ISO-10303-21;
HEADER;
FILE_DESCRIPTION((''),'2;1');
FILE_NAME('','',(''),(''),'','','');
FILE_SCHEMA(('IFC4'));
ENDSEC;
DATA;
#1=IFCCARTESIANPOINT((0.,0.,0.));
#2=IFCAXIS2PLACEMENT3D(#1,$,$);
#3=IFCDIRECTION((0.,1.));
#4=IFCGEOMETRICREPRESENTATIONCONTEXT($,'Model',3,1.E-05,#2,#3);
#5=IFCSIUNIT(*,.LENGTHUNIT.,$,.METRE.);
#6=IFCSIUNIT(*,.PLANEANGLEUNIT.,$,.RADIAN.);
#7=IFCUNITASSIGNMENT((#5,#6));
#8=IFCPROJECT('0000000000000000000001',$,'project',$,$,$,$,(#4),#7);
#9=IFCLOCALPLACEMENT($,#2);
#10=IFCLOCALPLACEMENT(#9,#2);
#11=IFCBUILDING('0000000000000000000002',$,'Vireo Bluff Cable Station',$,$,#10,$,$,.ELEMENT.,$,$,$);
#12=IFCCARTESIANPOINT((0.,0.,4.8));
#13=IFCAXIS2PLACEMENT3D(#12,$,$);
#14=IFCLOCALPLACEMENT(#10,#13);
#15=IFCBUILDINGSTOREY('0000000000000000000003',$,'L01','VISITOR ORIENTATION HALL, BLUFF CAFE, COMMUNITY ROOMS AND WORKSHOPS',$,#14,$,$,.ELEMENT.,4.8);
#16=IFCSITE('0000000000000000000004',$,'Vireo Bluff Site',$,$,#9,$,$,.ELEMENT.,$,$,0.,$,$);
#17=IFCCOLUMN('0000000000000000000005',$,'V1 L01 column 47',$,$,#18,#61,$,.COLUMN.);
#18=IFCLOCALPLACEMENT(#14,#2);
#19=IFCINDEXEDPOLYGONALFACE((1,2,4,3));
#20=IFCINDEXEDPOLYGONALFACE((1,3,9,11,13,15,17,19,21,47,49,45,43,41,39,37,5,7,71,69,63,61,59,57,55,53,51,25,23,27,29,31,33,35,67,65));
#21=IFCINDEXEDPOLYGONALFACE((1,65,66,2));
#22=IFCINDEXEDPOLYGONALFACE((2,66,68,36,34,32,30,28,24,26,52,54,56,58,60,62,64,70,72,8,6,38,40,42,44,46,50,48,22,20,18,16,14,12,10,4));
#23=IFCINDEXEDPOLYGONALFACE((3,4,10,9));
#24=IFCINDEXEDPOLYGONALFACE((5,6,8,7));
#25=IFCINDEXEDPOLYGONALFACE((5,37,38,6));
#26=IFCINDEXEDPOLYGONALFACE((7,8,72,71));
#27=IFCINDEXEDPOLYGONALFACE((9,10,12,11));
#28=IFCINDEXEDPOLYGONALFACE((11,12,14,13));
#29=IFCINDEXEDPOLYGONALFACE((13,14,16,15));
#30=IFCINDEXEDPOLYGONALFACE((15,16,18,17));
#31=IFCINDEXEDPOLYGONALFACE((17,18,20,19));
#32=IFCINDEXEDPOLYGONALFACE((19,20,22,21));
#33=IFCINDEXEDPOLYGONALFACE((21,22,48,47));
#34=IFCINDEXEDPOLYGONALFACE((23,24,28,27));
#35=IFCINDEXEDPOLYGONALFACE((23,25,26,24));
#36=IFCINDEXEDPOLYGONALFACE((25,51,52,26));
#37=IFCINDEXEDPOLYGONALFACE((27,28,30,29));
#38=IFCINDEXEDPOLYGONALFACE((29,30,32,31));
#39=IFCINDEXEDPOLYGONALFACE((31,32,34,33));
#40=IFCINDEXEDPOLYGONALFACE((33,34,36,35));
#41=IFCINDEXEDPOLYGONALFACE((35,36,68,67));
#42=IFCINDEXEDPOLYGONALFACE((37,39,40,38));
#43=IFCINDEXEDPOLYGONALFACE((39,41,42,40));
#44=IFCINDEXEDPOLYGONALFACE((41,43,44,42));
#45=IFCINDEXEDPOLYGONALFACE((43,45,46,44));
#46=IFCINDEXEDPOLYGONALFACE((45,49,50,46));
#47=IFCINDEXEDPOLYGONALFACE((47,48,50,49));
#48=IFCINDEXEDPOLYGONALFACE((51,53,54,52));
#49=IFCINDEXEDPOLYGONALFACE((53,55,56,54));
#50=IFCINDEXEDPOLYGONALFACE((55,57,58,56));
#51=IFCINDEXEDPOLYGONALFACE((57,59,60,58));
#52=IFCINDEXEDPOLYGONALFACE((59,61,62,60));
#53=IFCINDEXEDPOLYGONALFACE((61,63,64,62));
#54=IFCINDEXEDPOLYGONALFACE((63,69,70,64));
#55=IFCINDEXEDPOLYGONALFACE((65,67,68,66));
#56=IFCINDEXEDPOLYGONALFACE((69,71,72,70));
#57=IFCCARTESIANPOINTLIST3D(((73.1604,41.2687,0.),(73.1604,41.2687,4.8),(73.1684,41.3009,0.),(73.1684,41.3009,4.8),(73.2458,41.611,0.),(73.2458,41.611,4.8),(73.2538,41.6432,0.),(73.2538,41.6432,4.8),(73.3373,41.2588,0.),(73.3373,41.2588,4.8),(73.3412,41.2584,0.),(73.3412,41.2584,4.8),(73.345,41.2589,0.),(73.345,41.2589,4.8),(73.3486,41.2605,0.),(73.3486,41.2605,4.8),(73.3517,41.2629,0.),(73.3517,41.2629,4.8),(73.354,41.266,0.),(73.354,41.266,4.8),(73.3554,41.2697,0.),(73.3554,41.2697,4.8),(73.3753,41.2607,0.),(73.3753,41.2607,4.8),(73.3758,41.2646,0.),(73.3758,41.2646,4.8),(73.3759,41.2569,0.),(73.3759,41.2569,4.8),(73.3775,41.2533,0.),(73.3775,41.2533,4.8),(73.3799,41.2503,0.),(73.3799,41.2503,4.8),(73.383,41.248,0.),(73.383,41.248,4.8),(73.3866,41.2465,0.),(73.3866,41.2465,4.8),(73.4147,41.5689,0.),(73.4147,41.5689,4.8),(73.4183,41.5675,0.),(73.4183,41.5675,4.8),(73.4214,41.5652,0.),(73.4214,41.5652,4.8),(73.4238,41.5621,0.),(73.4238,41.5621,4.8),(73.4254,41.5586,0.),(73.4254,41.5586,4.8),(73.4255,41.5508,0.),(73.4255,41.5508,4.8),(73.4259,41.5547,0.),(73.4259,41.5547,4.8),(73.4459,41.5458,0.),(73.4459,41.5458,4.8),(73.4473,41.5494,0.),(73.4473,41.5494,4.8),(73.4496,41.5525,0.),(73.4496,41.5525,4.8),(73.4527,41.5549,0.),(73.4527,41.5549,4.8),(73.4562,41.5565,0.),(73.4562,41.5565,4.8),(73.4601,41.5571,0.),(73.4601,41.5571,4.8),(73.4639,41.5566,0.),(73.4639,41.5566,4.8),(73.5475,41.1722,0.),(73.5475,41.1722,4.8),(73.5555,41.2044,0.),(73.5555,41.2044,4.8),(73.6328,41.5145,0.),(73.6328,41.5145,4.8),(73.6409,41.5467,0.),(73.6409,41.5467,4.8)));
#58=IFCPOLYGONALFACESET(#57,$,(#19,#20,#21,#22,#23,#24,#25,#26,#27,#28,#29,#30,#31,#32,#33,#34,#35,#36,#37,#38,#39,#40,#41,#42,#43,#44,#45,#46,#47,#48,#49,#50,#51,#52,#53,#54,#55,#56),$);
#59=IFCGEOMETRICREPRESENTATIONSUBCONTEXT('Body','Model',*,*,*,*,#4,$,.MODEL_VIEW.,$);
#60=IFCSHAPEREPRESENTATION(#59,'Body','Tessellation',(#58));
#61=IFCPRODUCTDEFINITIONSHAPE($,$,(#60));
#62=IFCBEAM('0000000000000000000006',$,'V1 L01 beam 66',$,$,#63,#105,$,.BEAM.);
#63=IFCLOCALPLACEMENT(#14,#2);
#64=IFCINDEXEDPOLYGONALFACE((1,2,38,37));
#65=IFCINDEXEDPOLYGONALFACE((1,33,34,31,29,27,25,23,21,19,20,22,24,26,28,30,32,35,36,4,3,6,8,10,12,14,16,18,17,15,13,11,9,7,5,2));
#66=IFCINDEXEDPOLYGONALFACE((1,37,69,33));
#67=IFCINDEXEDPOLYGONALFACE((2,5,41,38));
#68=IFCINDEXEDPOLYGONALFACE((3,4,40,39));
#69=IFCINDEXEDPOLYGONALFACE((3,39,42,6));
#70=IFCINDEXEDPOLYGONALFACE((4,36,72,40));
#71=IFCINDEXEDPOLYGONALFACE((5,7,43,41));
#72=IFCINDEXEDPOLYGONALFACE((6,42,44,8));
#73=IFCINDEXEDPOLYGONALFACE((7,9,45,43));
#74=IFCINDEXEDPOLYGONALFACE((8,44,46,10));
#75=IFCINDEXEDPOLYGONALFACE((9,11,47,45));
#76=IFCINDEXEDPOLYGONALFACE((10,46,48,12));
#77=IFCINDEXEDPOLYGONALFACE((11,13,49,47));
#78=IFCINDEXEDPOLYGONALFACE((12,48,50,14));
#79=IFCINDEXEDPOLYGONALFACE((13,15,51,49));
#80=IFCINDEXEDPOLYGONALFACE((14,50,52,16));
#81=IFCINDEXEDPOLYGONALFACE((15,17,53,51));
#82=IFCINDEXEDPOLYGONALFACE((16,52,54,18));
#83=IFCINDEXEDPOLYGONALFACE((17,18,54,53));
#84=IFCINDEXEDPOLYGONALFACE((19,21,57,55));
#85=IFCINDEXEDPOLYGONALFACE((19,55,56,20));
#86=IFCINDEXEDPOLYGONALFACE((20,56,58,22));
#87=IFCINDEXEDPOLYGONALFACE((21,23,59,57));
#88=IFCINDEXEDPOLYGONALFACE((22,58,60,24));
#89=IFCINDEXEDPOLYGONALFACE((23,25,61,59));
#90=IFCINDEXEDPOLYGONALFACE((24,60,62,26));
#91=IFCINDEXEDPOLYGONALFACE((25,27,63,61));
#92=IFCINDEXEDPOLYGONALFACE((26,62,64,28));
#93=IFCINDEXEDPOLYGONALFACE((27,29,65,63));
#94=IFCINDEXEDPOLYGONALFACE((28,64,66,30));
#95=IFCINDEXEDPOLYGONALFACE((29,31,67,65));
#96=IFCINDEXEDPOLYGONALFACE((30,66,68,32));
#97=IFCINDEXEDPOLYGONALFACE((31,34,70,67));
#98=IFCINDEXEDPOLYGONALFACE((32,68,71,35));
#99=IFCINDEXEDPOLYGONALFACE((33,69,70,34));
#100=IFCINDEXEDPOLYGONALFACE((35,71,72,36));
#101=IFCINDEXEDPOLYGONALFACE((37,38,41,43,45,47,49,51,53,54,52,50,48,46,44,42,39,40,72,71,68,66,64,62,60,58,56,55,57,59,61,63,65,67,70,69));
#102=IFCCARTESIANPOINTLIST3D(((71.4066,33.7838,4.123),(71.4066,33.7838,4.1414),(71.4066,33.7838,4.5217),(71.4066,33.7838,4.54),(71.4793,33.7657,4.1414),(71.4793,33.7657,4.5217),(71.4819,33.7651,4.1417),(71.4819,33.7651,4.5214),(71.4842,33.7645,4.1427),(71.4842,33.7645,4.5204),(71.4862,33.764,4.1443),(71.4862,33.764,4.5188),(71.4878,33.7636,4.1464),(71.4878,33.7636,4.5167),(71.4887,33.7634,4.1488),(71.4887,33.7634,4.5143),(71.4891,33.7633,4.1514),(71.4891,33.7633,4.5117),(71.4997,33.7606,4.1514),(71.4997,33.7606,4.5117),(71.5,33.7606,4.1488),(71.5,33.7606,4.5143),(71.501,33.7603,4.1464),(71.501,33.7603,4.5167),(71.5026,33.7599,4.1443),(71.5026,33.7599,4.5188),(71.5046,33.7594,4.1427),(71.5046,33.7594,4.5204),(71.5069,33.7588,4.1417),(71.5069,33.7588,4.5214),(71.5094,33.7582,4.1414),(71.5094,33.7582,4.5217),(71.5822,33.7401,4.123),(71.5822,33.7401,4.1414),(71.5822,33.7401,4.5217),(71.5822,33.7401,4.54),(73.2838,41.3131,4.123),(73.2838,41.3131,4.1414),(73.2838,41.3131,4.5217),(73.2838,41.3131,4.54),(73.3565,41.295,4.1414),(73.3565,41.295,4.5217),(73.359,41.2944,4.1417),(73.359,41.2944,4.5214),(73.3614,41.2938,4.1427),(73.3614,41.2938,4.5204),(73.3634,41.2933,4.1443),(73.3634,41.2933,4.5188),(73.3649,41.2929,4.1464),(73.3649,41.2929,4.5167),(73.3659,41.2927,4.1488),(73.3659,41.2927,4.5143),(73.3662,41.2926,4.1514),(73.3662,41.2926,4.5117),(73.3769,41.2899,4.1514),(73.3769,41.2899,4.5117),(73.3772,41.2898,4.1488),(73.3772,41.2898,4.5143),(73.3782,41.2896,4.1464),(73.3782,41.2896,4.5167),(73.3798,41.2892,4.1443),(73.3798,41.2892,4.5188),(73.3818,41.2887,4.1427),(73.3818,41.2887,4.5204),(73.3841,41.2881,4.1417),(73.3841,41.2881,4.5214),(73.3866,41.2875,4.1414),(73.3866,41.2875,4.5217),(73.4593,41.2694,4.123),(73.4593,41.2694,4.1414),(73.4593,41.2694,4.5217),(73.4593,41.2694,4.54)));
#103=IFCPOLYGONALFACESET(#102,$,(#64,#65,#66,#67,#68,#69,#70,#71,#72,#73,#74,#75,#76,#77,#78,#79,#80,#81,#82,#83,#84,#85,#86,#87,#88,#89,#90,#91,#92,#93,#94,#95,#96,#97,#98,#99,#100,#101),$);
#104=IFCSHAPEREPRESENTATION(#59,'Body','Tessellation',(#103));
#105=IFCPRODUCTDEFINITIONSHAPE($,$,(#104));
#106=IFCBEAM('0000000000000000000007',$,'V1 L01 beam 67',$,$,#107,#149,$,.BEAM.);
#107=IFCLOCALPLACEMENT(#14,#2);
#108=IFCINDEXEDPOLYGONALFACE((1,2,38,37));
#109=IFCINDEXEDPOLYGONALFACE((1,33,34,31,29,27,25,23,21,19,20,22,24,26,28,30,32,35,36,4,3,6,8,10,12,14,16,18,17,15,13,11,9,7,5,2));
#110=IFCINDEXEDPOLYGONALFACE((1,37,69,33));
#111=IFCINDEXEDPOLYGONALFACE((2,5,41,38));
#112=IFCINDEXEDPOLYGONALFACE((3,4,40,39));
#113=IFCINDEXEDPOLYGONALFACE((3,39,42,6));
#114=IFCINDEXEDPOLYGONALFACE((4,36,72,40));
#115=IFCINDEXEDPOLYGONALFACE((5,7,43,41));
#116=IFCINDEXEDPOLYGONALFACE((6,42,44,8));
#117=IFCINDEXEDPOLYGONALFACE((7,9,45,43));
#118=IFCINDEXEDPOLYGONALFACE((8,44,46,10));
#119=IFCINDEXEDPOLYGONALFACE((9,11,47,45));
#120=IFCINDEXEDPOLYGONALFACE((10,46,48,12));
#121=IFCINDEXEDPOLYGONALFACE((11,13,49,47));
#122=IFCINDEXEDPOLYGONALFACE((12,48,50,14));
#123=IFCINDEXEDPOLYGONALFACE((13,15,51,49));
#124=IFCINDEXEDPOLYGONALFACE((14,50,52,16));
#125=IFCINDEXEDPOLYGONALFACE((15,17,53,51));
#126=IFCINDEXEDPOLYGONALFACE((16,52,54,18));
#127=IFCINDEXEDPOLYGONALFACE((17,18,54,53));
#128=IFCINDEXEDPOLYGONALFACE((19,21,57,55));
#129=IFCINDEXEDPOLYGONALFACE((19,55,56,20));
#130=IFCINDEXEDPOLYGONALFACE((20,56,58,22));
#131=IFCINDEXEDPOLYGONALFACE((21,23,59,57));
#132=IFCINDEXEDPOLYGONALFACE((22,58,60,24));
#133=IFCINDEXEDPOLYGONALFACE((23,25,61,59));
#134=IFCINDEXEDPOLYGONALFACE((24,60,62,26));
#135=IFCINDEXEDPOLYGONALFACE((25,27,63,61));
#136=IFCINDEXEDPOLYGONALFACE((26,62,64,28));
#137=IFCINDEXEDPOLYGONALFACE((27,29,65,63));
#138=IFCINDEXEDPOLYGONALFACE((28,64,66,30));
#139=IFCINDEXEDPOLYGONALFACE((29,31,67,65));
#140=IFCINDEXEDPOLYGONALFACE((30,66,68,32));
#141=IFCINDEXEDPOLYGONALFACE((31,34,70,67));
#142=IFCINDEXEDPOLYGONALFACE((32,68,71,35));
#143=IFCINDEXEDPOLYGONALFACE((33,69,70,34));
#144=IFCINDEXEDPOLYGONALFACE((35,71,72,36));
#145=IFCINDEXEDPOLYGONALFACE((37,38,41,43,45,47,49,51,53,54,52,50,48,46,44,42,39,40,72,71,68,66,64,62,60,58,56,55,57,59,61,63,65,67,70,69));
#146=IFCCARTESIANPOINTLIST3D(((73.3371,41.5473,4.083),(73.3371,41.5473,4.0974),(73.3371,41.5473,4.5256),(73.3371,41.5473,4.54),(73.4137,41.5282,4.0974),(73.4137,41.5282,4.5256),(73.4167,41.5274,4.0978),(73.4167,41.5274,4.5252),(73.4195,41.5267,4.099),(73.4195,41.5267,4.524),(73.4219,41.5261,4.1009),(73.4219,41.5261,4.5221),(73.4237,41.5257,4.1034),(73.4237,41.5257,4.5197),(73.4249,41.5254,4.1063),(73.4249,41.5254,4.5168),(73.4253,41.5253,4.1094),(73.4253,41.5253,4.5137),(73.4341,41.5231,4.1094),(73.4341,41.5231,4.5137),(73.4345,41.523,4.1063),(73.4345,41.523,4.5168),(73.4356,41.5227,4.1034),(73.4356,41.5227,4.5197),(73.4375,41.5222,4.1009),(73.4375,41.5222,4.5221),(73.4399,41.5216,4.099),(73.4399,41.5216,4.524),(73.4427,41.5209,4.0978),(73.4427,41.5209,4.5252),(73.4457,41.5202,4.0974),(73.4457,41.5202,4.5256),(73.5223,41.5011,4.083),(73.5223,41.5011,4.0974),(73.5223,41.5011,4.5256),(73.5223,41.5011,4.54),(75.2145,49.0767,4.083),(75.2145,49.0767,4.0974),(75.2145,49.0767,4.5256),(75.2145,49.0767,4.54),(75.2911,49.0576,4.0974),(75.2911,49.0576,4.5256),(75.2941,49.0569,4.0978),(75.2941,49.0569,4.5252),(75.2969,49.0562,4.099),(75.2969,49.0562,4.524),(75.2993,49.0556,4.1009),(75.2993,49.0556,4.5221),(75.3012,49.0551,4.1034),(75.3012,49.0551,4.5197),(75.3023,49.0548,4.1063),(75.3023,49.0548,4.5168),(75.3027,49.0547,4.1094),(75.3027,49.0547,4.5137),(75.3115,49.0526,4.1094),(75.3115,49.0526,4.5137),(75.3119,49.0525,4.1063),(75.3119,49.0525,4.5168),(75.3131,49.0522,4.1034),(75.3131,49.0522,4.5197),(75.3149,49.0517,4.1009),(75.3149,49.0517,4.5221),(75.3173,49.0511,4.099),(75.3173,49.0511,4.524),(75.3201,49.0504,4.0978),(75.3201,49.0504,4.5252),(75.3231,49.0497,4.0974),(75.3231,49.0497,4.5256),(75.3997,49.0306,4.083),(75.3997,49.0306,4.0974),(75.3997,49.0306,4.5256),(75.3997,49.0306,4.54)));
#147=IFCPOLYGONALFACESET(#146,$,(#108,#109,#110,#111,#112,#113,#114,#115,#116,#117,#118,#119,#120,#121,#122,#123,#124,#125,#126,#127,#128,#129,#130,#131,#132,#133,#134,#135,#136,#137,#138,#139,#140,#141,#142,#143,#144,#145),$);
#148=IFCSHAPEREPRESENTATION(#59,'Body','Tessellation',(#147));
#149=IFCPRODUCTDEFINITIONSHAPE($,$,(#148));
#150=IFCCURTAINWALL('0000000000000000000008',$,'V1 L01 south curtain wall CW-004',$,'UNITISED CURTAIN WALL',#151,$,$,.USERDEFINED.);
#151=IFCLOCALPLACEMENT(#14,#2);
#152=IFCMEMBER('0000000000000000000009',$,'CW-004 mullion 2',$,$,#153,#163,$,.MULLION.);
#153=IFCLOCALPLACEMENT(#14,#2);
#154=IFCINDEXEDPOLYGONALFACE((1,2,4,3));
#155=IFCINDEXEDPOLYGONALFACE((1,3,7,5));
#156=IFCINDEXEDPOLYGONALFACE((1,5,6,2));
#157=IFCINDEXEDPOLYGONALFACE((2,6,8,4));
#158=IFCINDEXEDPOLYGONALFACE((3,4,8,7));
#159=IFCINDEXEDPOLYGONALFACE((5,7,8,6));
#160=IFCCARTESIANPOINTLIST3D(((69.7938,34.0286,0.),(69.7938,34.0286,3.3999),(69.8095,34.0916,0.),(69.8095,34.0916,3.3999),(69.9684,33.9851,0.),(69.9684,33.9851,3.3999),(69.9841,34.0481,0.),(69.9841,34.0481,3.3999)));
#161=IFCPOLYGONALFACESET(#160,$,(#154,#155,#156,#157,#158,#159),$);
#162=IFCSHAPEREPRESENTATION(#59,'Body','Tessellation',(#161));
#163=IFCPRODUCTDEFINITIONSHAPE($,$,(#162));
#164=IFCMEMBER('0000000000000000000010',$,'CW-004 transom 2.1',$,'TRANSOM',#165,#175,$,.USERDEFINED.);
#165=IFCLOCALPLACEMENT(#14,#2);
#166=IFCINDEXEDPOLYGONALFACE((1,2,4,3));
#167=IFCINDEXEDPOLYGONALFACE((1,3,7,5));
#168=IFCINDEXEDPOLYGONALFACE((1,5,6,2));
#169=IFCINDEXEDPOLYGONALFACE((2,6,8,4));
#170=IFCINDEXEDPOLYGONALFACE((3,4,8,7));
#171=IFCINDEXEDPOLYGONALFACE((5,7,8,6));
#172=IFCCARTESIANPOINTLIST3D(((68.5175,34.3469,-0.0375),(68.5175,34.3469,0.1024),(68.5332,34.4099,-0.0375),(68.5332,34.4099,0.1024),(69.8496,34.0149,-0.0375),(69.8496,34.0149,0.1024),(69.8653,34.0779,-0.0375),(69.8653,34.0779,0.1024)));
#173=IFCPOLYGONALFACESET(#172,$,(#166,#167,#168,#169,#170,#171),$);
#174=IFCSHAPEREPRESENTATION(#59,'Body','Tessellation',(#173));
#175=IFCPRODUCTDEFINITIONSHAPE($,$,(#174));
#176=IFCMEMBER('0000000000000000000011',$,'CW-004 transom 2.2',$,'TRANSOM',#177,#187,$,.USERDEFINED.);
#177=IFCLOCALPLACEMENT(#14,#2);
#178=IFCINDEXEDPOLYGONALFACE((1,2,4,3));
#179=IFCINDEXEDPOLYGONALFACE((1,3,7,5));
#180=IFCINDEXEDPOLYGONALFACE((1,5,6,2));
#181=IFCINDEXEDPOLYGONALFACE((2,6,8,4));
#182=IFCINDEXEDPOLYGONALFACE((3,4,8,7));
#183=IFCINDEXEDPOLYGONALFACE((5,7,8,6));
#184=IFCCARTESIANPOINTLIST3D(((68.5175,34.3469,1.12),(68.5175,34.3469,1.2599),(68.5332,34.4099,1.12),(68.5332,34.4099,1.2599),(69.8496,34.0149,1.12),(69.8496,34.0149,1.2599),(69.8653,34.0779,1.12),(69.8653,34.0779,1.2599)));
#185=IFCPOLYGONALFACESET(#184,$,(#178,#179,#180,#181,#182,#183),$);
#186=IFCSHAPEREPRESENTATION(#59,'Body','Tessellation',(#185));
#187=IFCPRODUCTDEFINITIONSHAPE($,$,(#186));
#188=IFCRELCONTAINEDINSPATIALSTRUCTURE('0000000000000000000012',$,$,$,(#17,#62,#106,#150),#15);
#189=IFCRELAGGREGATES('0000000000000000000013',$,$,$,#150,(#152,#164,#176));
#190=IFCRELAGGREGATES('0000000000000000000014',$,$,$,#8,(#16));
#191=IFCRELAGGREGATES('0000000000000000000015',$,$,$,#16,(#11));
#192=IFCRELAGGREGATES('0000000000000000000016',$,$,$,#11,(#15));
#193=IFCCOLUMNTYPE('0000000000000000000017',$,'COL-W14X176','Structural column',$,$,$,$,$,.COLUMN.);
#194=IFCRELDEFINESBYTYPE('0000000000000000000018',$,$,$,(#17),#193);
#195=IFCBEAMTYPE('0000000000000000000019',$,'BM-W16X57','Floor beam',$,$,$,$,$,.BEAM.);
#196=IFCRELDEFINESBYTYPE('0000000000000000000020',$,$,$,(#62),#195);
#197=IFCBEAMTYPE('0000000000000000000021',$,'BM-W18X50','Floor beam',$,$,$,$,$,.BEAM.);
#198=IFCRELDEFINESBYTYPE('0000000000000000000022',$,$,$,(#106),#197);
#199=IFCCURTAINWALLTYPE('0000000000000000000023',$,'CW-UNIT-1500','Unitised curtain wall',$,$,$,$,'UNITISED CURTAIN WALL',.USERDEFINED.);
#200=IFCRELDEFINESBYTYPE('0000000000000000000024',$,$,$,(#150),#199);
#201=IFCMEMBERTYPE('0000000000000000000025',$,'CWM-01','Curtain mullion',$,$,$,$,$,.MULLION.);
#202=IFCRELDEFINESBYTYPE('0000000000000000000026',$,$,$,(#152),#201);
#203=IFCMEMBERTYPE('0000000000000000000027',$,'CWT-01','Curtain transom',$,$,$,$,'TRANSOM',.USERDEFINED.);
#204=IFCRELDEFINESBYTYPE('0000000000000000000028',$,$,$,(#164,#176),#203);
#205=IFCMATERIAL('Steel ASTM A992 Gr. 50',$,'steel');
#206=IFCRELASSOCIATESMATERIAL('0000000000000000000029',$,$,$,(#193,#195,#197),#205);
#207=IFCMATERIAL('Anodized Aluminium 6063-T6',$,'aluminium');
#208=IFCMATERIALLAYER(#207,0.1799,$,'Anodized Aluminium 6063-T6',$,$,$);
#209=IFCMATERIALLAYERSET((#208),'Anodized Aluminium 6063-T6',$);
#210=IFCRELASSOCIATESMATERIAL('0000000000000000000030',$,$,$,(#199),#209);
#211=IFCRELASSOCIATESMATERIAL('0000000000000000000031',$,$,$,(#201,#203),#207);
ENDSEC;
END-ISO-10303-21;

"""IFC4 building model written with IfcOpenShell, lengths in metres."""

from ifc_helpers import new_model, si_unit, direction, frame, origin, origin_2d, place, context, subcontext, project, spatial, rectangle, i_section, extrude, material, layer, layer_set, material_profile, profile_set, type_object, element, aggregate, save


model = new_model("IFC4")

# Units and contexts
model_context = context("Model", 3, precision=1e-05, world=origin(), true_north=direction((0.0, 1.0)))
body_context = subcontext(model_context, "Body", "Model", "MODEL_VIEW")
ifc_project = project(units=[si_unit("LENGTHUNIT", "METRE"), si_unit("PLANEANGLEUNIT", "RADIAN")], contexts=[model_context])

# Site, building, storey
site_placement = place(None, origin())
site = spatial("IfcSite", under=ifc_project, at=site_placement, Name="Vireo Bluff Site", CompositionType="ELEMENT", RefElevation=0.0)
building_placement = place(site_placement, origin())
building = spatial("IfcBuilding", under=site, at=building_placement, Name="Vireo Bluff Cable Station", CompositionType="ELEMENT")
storey_placement = place(building_placement, frame((0.0, 0.0, 4.8)))
storey = spatial("IfcBuildingStorey", under=building, at=storey_placement, Name="L01", Description="VISITOR ORIENTATION HALL, BLUFF CAFE, COMMUNITY ROOMS AND WORKSHOPS", CompositionType="ELEMENT", Elevation=4.8)

# Column
ifc_material_1 = material(Name="Steel ASTM A992 Gr. 50", Category="steel")
ifc_material_profile_1 = material_profile(ifc_material_1, i_section(OverallWidth=0.3989, OverallDepth=0.386, WebThickness=0.021, FlangeThickness=0.0332, FilletRadius=0.0149, at=origin_2d()), Name="W14X176")
ifc_profile_set_1 = profile_set([ifc_material_profile_1], Name="Steel ASTM A992 Gr. 50")
column_type = type_object("IfcColumnType", Name="COL-W14X176", Description="Structural column", PredefinedType="COLUMN", material=ifc_profile_set_1)
column_placement = place(storey_placement, frame((73.4006, 41.4077, 0.0), z_axis=(0.0, 0.0, 1.0), x_axis=(0.970296, -0.241922, 0.0)))
element("IfcColumn", 1, at=column_placement, inside=storey, type_object=column_type, Name="V1 L01 column 47", PredefinedType="COLUMN", context=body_context, shape_type="SweptSolid", body=[
    extrude(i_section(OverallWidth=0.3989, OverallDepth=0.386, WebThickness=0.021, FlangeThickness=0.0332, FilletRadius=0.0149, at=origin_2d()), origin(), (0.0, 0.0, 1.0), 4.8),
])

# Beams
ifc_material_profile_2 = material_profile(ifc_material_1, i_section(OverallWidth=0.1809, OverallDepth=0.417, WebThickness=0.011, FlangeThickness=0.0183, FilletRadius=0.01, at=origin_2d()), Name="W16X57")
ifc_profile_set_2 = profile_set([ifc_material_profile_2], Name="Steel ASTM A992 Gr. 50")
beam_type_1 = type_object("IfcBeamType", Name="BM-W16X57", Description="Floor beam", PredefinedType="BEAM", material=ifc_profile_set_2)
beam_1_placement = place(storey_placement, frame((71.4944, 33.762, 4.3315), z_axis=(0.241914, 0.970298, 0.0), x_axis=(-0.970298, 0.241914, 0.0)))
element("IfcBeam", 2, at=beam_1_placement, inside=storey, type_object=beam_type_1, Name="V1 L01 beam 66", PredefinedType="BEAM", context=body_context, shape_type="SweptSolid", body=[
    extrude(i_section(OverallWidth=0.1809, OverallDepth=0.417, WebThickness=0.011, FlangeThickness=0.0183, FilletRadius=0.01, at=origin_2d()), origin(), (0.0, 0.0, 1.0), 7.7598),
])
ifc_material_profile_3 = material_profile(ifc_material_1, i_section(OverallWidth=0.1909, OverallDepth=0.457, WebThickness=0.009, FlangeThickness=0.0144, FilletRadius=0.012, at=origin_2d()), Name="W18X50")
ifc_profile_set_3 = profile_set([ifc_material_profile_3], Name="Steel ASTM A992 Gr. 50")
beam_type_2 = type_object("IfcBeamType", Name="BM-W18X50", Description="Floor beam", PredefinedType="BEAM", material=ifc_profile_set_3)
beam_2_placement = place(storey_placement, frame((73.4297, 41.5242, 4.3115), z_axis=(0.241936, 0.970292, 0.0), x_axis=(-0.970292, 0.241936, 0.0)))
element("IfcBeam", 3, at=beam_2_placement, inside=storey, type_object=beam_type_2, Name="V1 L01 beam 67", PredefinedType="BEAM", context=body_context, shape_type="SweptSolid", body=[
    extrude(i_section(OverallWidth=0.1909, OverallDepth=0.457, WebThickness=0.009, FlangeThickness=0.0144, FilletRadius=0.012, at=origin_2d()), origin(), (0.0, 0.0, 1.0), 7.76),
])

# Curtain wall, members
ifc_material_2 = material(Name="Anodized Aluminium 6063-T6", Category="aluminium")
ifc_layer_1 = layer(ifc_material_2, 0.1799, Name="Anodized Aluminium 6063-T6")
ifc_layer_set_1 = layer_set([ifc_layer_1], Name="Anodized Aluminium 6063-T6")
curtain_wall_type = type_object("IfcCurtainWallType", Name="CW-UNIT-1500", Description="Unitised curtain wall", ElementType="UNITISED CURTAIN WALL", PredefinedType="USERDEFINED", material=ifc_layer_set_1)
curtain_wall_placement = place(storey_placement, origin())
curtain_wall = element("IfcCurtainWall", 4, at=curtain_wall_placement, inside=storey, type_object=curtain_wall_type, Name="V1 L01 south curtain wall CW-004", ObjectType="UNITISED CURTAIN WALL", PredefinedType="USERDEFINED")
ifc_material_profile_4 = material_profile(ifc_material_2, rectangle(XDim=0.0649, YDim=0.1799, at=origin_2d()), Name="ALU-M-65X180")
ifc_profile_set_4 = profile_set([ifc_material_profile_4], Name="Anodized Aluminium 6063-T6")
member_type_1 = type_object("IfcMemberType", Name="CWM-01", Description="Curtain mullion", PredefinedType="MULLION", material=ifc_profile_set_4)
member_1_placement = place(storey_placement, frame((69.8889, 34.0383, 0.0), z_axis=(0.0, 0.0, 1.0), x_axis=(-0.241922, -0.970296, 0.0)))
member_1 = element("IfcMember", 5, at=member_1_placement, type_object=member_type_1, Name="CW-004 mullion 2", PredefinedType="MULLION", context=body_context, shape_type="SweptSolid", body=[
    extrude(rectangle(XDim=0.0649, YDim=0.1799, at=origin_2d()), origin(), (0.0, 0.0, 1.0), 3.3999),
])
ifc_material_profile_5 = material_profile(ifc_material_2, rectangle(XDim=0.0649, YDim=0.1399, at=origin_2d()), Name="ALU-T-65X140")
ifc_profile_set_5 = profile_set([ifc_material_profile_5], Name="Anodized Aluminium 6063-T6")
member_type_2 = type_object("IfcMemberType", Name="CWT-01", Description="Curtain transom", ElementType="TRANSOM", PredefinedType="USERDEFINED", material=ifc_profile_set_5)
member_2_placement = place(storey_placement, frame((69.8574, 34.0464, 0.0325), z_axis=(-0.97031, 0.241866, 0.0), x_axis=(-0.241866, -0.97031, 0.0)))
member_2 = element("IfcMember", 6, at=member_2_placement, type_object=member_type_2, Name="CW-004 transom 2.1", ObjectType="TRANSOM", PredefinedType="USERDEFINED", context=body_context, shape_type="SweptSolid", body=[
    extrude(rectangle(XDim=0.0649, YDim=0.1399, at=origin_2d()), origin(), (0.0, 0.0, 1.0), 1.3728),
])
member_3_placement = place(storey_placement, frame((69.8574, 34.0464, 1.1899), z_axis=(-0.97031, 0.241866, 0.0), x_axis=(-0.241866, -0.97031, 0.0)))
member_3 = element("IfcMember", 7, at=member_3_placement, type_object=member_type_2, Name="CW-004 transom 2.2", ObjectType="TRANSOM", PredefinedType="USERDEFINED", context=body_context, shape_type="SweptSolid", body=[
    extrude(rectangle(XDim=0.0649, YDim=0.1399, at=origin_2d()), origin(), (0.0, 0.0, 1.0), 1.3728),
])

aggregate(curtain_wall, [member_1, member_2, member_3])

save(model, "model.ifc")
